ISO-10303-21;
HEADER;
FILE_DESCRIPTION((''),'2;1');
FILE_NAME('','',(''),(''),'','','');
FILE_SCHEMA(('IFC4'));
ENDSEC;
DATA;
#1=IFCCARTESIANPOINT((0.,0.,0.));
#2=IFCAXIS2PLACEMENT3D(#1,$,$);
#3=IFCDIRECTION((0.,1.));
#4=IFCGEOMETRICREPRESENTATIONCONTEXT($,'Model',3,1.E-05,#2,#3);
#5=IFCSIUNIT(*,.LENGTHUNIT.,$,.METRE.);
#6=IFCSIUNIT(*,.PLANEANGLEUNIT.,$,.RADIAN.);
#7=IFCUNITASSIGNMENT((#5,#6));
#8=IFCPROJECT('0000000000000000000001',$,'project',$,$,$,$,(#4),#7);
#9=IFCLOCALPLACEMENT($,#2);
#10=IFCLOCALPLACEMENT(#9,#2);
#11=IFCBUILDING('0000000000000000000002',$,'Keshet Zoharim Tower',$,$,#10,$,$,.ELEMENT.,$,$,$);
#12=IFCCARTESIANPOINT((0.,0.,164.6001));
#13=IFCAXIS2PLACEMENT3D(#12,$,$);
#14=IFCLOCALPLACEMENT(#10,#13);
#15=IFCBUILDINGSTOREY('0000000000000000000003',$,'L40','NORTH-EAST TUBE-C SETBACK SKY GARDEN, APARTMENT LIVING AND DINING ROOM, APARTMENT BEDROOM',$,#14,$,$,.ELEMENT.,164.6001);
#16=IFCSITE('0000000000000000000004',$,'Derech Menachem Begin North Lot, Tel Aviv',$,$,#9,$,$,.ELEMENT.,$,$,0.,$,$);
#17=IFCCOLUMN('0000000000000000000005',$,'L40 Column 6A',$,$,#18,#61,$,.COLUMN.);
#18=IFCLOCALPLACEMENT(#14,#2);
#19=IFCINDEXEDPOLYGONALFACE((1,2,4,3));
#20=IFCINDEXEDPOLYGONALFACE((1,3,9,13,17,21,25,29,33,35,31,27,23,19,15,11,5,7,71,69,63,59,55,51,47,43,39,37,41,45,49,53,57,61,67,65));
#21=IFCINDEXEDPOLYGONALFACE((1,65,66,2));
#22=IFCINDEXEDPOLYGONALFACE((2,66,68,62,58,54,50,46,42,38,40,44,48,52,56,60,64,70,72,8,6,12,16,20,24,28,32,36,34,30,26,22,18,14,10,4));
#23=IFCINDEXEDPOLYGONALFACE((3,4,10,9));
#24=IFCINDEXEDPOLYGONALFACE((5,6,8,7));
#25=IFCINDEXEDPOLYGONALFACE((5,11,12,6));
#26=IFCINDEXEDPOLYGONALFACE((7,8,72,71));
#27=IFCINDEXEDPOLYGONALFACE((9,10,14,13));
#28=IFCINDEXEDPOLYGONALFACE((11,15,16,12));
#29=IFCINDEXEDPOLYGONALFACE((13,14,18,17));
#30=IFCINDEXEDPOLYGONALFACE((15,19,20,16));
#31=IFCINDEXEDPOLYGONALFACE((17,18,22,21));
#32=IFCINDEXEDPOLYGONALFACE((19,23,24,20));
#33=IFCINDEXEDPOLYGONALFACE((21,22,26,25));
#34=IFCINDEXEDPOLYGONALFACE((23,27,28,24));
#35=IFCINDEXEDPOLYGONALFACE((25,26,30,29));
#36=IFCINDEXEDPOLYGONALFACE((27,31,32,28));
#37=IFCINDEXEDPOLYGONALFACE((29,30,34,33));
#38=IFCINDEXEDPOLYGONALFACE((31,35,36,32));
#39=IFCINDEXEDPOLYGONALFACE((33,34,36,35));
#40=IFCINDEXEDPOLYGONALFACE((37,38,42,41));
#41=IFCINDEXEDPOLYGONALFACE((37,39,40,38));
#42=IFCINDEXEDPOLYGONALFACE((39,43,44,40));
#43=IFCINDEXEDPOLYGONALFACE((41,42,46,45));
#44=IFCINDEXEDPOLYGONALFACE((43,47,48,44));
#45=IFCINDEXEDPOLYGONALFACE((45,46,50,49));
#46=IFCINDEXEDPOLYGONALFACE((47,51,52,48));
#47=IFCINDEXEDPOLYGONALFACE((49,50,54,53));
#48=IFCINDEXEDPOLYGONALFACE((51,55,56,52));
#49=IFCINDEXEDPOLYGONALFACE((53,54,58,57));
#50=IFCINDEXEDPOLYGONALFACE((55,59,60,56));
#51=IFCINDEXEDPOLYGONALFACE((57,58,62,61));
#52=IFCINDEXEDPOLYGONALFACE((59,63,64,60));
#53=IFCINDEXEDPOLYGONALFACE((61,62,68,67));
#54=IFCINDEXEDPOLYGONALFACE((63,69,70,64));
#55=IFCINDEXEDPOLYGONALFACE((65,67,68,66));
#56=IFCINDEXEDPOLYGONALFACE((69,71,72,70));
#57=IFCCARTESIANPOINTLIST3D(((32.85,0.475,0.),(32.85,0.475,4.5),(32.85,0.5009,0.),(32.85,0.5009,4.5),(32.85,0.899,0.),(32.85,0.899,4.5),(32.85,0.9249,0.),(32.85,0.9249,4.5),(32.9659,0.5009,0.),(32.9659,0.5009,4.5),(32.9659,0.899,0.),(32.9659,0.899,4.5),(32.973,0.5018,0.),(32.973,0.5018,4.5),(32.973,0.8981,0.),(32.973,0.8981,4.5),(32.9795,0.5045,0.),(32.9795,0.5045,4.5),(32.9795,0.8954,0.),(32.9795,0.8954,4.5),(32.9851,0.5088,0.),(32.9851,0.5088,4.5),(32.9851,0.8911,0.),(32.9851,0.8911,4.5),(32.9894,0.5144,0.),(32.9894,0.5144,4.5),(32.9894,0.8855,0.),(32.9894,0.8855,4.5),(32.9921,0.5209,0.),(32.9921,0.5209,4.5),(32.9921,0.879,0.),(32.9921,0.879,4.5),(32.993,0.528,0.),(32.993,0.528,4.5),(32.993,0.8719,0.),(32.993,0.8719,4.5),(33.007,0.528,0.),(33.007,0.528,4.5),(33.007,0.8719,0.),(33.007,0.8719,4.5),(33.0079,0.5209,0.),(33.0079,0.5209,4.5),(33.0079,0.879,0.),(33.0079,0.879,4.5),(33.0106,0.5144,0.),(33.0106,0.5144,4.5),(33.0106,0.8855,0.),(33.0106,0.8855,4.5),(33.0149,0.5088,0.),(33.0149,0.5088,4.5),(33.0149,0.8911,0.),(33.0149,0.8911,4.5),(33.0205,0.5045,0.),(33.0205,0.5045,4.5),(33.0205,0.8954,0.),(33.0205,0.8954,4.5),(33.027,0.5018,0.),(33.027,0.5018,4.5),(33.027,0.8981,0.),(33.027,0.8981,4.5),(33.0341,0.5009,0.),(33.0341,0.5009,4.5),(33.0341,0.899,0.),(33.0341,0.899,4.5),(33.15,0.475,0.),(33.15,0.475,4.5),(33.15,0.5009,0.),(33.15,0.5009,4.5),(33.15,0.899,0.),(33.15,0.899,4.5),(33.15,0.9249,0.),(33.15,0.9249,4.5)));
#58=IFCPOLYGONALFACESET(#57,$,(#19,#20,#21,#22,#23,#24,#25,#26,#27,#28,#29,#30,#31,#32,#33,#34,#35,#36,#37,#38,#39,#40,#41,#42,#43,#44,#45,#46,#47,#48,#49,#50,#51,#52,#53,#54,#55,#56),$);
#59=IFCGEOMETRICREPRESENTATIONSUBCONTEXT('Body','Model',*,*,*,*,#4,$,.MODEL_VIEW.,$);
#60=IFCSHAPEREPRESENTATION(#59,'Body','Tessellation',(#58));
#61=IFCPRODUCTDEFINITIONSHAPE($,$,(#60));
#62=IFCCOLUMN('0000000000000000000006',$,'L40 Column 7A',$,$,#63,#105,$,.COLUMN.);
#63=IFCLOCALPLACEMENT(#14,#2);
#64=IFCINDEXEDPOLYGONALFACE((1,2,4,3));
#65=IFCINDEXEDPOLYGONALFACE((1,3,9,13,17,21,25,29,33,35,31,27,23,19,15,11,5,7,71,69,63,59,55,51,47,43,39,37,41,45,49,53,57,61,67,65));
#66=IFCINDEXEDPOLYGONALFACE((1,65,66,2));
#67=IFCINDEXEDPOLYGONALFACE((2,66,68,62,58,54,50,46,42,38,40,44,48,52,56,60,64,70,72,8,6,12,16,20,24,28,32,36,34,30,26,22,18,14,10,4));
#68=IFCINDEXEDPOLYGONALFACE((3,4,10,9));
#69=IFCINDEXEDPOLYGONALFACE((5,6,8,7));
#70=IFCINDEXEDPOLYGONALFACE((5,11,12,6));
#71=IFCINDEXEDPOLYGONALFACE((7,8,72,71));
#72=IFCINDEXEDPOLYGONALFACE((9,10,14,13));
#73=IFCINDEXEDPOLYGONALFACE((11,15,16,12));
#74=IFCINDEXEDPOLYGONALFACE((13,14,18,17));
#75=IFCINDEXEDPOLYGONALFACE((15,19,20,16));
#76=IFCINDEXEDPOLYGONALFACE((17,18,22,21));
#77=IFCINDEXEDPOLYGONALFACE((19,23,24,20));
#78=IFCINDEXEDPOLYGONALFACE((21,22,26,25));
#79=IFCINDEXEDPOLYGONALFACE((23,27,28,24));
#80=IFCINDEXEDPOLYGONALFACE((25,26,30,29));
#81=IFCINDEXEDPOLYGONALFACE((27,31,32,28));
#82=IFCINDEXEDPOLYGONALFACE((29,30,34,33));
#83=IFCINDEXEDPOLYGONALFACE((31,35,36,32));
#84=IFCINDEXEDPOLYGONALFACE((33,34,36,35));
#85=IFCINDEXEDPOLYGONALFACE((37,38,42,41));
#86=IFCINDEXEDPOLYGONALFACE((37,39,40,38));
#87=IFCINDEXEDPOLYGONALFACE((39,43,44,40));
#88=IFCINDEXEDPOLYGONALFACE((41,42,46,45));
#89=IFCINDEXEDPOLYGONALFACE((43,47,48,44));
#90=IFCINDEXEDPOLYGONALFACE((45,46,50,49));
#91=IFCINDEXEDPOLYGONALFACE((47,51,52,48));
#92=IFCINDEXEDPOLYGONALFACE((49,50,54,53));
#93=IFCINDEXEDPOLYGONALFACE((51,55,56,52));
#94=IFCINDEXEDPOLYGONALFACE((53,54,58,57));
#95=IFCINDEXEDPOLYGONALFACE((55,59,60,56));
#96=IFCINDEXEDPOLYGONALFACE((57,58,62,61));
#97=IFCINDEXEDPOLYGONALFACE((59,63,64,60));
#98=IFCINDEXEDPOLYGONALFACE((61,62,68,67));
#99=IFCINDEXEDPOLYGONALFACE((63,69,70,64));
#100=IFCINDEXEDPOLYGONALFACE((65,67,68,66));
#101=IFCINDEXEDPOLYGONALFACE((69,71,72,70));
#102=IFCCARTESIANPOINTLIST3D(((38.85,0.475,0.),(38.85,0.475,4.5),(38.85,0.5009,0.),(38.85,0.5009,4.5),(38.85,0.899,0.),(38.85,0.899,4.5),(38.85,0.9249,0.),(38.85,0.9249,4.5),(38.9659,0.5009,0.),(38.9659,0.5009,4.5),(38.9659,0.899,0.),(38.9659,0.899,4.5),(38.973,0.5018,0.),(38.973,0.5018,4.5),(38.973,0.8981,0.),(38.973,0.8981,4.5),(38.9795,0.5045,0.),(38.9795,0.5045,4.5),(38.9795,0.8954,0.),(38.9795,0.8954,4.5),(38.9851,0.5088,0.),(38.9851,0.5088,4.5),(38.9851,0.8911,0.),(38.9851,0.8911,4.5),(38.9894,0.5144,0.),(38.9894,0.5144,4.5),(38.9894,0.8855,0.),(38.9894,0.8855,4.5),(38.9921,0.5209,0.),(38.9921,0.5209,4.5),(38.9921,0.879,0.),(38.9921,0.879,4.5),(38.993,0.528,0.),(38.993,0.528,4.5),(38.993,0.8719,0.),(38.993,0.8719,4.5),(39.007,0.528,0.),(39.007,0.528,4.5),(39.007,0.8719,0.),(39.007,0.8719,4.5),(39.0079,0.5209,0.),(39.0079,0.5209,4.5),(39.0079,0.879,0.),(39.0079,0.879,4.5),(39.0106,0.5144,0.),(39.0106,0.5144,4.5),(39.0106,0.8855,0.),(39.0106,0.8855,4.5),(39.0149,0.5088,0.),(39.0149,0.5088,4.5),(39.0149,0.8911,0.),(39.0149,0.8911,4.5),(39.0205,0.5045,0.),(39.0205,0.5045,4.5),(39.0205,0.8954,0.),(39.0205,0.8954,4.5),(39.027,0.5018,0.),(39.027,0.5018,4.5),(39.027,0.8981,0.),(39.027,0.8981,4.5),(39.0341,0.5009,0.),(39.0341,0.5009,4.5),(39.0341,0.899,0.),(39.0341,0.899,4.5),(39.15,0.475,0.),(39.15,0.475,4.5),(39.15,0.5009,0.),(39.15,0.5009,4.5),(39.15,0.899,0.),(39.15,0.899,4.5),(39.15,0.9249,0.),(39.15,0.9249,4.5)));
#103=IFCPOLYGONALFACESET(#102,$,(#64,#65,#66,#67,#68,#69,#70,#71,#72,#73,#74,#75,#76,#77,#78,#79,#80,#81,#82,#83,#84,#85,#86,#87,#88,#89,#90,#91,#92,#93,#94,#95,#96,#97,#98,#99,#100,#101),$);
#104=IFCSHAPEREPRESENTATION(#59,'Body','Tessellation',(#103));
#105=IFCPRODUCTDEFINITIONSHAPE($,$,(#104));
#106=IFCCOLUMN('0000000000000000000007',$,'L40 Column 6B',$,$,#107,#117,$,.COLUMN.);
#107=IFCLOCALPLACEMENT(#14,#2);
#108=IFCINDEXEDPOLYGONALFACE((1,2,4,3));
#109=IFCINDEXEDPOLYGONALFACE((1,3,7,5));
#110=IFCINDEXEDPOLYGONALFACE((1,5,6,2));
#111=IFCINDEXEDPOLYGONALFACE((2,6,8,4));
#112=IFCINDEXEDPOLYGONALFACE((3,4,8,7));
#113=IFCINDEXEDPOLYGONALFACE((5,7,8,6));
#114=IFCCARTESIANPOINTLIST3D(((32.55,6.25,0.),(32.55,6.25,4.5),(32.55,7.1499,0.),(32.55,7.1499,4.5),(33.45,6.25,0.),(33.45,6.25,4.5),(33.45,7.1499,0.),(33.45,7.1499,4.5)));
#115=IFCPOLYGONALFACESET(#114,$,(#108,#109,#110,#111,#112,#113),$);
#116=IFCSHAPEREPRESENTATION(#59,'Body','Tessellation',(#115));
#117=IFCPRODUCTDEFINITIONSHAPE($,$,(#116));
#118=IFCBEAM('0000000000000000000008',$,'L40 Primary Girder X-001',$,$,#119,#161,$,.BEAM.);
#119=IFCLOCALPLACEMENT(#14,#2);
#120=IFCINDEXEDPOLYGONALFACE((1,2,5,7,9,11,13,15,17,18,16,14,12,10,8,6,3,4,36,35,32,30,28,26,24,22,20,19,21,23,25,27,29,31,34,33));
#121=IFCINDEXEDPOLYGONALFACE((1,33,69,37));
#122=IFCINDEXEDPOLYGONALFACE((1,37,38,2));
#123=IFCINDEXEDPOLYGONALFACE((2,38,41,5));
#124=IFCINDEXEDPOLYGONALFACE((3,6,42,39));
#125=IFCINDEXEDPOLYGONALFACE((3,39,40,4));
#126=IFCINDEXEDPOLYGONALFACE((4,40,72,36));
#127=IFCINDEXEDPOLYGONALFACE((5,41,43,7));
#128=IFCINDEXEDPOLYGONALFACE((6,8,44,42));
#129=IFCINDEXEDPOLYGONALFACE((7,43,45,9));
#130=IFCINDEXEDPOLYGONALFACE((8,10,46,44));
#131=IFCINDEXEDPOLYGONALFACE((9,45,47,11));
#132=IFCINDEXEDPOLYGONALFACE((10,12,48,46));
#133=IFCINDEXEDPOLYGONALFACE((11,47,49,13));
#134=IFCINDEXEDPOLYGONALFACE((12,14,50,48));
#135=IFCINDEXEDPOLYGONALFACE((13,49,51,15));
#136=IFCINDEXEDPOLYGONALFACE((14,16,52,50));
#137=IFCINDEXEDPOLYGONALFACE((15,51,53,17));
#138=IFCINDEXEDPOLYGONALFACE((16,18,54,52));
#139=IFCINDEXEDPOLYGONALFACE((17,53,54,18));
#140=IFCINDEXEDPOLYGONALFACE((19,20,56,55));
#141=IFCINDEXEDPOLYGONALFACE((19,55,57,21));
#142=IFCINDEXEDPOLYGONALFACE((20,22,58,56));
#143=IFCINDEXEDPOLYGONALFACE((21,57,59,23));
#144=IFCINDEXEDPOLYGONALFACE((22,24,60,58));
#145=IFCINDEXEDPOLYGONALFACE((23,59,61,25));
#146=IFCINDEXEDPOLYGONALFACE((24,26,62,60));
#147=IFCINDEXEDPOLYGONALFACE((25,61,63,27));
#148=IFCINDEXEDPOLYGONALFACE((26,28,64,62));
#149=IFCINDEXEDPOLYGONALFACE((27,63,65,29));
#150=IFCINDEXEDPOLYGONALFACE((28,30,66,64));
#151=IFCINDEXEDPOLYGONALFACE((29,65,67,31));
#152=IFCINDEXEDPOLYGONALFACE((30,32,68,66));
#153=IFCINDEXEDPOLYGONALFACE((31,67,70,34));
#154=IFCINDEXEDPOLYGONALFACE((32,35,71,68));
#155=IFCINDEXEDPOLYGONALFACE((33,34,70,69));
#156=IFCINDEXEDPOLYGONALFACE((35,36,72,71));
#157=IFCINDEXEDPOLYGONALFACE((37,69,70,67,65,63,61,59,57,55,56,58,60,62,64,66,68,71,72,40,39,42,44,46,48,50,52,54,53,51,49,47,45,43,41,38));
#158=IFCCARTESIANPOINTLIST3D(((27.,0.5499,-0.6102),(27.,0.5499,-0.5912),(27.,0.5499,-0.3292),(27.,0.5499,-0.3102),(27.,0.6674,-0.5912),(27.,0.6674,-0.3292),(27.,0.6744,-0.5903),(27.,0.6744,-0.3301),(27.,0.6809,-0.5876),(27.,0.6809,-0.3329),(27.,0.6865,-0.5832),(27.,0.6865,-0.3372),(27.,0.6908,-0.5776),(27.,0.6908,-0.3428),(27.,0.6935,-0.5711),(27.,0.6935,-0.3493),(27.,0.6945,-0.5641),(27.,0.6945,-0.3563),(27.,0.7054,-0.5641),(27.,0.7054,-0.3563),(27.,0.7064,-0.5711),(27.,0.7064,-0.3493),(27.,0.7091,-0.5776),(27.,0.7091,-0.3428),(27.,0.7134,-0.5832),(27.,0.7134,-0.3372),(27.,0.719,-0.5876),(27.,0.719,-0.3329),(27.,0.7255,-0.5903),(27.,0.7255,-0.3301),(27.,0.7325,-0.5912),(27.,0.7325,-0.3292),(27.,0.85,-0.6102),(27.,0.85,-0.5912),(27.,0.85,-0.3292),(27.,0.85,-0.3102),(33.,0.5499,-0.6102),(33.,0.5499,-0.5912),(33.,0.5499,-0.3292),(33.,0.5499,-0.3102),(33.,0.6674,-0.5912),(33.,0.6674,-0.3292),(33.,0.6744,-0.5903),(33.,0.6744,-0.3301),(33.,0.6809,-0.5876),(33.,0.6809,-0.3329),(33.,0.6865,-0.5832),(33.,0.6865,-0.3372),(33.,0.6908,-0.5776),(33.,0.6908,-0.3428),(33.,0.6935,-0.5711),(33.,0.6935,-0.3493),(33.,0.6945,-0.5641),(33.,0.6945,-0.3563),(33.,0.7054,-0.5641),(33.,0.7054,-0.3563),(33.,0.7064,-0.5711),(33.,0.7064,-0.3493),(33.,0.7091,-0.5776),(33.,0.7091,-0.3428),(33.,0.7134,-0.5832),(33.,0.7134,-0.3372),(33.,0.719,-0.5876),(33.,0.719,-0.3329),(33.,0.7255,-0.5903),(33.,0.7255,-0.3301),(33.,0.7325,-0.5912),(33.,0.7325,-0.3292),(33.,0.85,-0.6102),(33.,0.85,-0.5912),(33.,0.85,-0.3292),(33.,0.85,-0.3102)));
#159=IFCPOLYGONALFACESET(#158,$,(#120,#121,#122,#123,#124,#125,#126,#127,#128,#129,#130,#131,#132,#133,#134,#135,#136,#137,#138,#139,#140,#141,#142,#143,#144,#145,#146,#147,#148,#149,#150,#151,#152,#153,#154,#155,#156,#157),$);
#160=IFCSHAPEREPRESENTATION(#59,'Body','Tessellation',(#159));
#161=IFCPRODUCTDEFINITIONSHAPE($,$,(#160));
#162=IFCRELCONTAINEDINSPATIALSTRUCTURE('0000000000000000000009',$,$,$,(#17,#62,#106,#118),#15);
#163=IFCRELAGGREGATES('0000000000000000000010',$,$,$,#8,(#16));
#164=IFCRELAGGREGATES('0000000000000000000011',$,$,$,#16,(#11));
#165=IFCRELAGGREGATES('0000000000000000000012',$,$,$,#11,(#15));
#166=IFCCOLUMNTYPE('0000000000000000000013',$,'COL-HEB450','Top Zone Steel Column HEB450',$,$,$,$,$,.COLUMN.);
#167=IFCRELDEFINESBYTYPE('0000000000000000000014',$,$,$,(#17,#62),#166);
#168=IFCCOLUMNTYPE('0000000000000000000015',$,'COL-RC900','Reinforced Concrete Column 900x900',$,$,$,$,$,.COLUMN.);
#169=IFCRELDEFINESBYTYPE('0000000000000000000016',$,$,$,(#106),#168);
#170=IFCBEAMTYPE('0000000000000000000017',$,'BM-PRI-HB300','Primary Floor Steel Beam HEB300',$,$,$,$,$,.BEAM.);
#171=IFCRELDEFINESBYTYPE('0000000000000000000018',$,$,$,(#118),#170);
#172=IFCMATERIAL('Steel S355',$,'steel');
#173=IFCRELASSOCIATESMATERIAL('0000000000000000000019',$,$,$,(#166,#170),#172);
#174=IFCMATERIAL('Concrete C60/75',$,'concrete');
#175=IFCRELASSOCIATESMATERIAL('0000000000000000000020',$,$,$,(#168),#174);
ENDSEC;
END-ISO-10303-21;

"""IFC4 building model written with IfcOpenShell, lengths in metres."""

from ifc_helpers import new_model, si_unit, direction, frame, origin, origin_2d, place, context, subcontext, project, spatial, rectangle, i_section, extrude, material, material_profile, profile_set, type_object, element, save


model = new_model("IFC4")

# Units and contexts
model_context = context("Model", 3, precision=1e-05, world=origin(), true_north=direction((0.0, 1.0)))
body_context = subcontext(model_context, "Body", "Model", "MODEL_VIEW")
ifc_project = project(units=[si_unit("LENGTHUNIT", "METRE"), si_unit("PLANEANGLEUNIT", "RADIAN")], contexts=[model_context])

# Site, building, storey
site_placement = place(None, origin())
site = spatial("IfcSite", under=ifc_project, at=site_placement, Name="Derech Menachem Begin North Lot, Tel Aviv", CompositionType="ELEMENT", RefElevation=0.0)
building_placement = place(site_placement, origin())
building = spatial("IfcBuilding", under=site, at=building_placement, Name="Keshet Zoharim Tower", CompositionType="ELEMENT")
storey_placement = place(building_placement, frame((0.0, 0.0, 164.6001)))
storey = spatial("IfcBuildingStorey", under=building, at=storey_placement, Name="L40", Description="NORTH-EAST TUBE-C SETBACK SKY GARDEN, APARTMENT LIVING AND DINING ROOM, APARTMENT BEDROOM", CompositionType="ELEMENT", Elevation=164.6001)

# Columns
ifc_material_1 = material(Name="Steel S355", Category="steel")
ifc_material_profile_1 = material_profile(ifc_material_1, i_section(OverallWidth=0.3, OverallDepth=0.45, WebThickness=0.0139, FlangeThickness=0.0259, FilletRadius=0.0271, at=origin_2d()), Name="HEB450")
ifc_profile_set_1 = profile_set([ifc_material_profile_1], Name="Steel S355")
column_type_1 = type_object("IfcColumnType", Name="COL-HEB450", Description="Top Zone Steel Column HEB450", PredefinedType="COLUMN", material=ifc_profile_set_1)
for number, where, z_axis, x_axis, name in (
    (1, (33.0, 0.7, 0.0), (0.0, 0.0, 1.0), (1.0, 0.0, 0.0), "L40 Column 6A"),
    (2, (39.0, 0.7, 0.0), (0.0, 0.0, 1.0), (1.0, 0.0, 0.0), "L40 Column 7A"),
):
    element("IfcColumn", number, at=place(storey_placement, frame(where, z_axis=z_axis, x_axis=x_axis)), inside=storey, type_object=column_type_1, Name=name, PredefinedType="COLUMN", context=body_context, shape_type="SweptSolid", body=[
        extrude(i_section(OverallWidth=0.3, OverallDepth=0.45, WebThickness=0.0139, FlangeThickness=0.0259, FilletRadius=0.0271, at=origin_2d()), origin(), (0.0, 0.0, 1.0), 4.5),
    ])
ifc_material_2 = material(Name="Concrete C60/75", Category="concrete")
ifc_material_profile_2 = material_profile(ifc_material_2, rectangle(XDim=0.8999, YDim=0.8999, at=origin_2d()), Name="RC900x900")
ifc_profile_set_2 = profile_set([ifc_material_profile_2], Name="Concrete C60/75")
column_type_2 = type_object("IfcColumnType", Name="COL-RC900", Description="Reinforced Concrete Column 900x900", PredefinedType="COLUMN", material=ifc_profile_set_2)
column_placement = place(storey_placement, frame((33.0, 6.7, 0.0), z_axis=(0.0, 0.0, 1.0), x_axis=(1.0, 0.0, 0.0)))
element("IfcColumn", 3, at=column_placement, inside=storey, type_object=column_type_2, Name="L40 Column 6B", PredefinedType="COLUMN", context=body_context, shape_type="SweptSolid", body=[
    extrude(rectangle(XDim=0.8999, YDim=0.8999, at=origin_2d()), origin(), (0.0, 0.0, 1.0), 4.5),
])

# Beam
ifc_material_profile_3 = material_profile(ifc_material_1, i_section(OverallWidth=0.3, OverallDepth=0.3, WebThickness=0.011, FlangeThickness=0.019, FilletRadius=0.0271, at=origin_2d()), Name="HEB300")
ifc_profile_set_3 = profile_set([ifc_material_profile_3], Name="Steel S355")
beam_type_1 = type_object("IfcBeamType", Name="BM-PRI-HB300", Description="Primary Floor Steel Beam HEB300", PredefinedType="BEAM", material=ifc_profile_set_3)
for number, where, z_axis, x_axis, name in (
    (4, (27.0, 0.7, -0.4602), (1.0, 0.0, 0.0), (0.0, 1.0, 0.0), "L40 Primary Girder X-001"),
):
    element("IfcBeam", number, at=place(storey_placement, frame(where, z_axis=z_axis, x_axis=x_axis)), inside=storey, type_object=beam_type_1, Name=name, PredefinedType="BEAM", context=body_context, shape_type="SweptSolid", body=[
        extrude(i_section(OverallWidth=0.3, OverallDepth=0.3, WebThickness=0.011, FlangeThickness=0.019, FilletRadius=0.0271, at=origin_2d()), origin(), (0.0, 0.0, 1.0), 6.0),
    ])

save(model, "model.ifc")
